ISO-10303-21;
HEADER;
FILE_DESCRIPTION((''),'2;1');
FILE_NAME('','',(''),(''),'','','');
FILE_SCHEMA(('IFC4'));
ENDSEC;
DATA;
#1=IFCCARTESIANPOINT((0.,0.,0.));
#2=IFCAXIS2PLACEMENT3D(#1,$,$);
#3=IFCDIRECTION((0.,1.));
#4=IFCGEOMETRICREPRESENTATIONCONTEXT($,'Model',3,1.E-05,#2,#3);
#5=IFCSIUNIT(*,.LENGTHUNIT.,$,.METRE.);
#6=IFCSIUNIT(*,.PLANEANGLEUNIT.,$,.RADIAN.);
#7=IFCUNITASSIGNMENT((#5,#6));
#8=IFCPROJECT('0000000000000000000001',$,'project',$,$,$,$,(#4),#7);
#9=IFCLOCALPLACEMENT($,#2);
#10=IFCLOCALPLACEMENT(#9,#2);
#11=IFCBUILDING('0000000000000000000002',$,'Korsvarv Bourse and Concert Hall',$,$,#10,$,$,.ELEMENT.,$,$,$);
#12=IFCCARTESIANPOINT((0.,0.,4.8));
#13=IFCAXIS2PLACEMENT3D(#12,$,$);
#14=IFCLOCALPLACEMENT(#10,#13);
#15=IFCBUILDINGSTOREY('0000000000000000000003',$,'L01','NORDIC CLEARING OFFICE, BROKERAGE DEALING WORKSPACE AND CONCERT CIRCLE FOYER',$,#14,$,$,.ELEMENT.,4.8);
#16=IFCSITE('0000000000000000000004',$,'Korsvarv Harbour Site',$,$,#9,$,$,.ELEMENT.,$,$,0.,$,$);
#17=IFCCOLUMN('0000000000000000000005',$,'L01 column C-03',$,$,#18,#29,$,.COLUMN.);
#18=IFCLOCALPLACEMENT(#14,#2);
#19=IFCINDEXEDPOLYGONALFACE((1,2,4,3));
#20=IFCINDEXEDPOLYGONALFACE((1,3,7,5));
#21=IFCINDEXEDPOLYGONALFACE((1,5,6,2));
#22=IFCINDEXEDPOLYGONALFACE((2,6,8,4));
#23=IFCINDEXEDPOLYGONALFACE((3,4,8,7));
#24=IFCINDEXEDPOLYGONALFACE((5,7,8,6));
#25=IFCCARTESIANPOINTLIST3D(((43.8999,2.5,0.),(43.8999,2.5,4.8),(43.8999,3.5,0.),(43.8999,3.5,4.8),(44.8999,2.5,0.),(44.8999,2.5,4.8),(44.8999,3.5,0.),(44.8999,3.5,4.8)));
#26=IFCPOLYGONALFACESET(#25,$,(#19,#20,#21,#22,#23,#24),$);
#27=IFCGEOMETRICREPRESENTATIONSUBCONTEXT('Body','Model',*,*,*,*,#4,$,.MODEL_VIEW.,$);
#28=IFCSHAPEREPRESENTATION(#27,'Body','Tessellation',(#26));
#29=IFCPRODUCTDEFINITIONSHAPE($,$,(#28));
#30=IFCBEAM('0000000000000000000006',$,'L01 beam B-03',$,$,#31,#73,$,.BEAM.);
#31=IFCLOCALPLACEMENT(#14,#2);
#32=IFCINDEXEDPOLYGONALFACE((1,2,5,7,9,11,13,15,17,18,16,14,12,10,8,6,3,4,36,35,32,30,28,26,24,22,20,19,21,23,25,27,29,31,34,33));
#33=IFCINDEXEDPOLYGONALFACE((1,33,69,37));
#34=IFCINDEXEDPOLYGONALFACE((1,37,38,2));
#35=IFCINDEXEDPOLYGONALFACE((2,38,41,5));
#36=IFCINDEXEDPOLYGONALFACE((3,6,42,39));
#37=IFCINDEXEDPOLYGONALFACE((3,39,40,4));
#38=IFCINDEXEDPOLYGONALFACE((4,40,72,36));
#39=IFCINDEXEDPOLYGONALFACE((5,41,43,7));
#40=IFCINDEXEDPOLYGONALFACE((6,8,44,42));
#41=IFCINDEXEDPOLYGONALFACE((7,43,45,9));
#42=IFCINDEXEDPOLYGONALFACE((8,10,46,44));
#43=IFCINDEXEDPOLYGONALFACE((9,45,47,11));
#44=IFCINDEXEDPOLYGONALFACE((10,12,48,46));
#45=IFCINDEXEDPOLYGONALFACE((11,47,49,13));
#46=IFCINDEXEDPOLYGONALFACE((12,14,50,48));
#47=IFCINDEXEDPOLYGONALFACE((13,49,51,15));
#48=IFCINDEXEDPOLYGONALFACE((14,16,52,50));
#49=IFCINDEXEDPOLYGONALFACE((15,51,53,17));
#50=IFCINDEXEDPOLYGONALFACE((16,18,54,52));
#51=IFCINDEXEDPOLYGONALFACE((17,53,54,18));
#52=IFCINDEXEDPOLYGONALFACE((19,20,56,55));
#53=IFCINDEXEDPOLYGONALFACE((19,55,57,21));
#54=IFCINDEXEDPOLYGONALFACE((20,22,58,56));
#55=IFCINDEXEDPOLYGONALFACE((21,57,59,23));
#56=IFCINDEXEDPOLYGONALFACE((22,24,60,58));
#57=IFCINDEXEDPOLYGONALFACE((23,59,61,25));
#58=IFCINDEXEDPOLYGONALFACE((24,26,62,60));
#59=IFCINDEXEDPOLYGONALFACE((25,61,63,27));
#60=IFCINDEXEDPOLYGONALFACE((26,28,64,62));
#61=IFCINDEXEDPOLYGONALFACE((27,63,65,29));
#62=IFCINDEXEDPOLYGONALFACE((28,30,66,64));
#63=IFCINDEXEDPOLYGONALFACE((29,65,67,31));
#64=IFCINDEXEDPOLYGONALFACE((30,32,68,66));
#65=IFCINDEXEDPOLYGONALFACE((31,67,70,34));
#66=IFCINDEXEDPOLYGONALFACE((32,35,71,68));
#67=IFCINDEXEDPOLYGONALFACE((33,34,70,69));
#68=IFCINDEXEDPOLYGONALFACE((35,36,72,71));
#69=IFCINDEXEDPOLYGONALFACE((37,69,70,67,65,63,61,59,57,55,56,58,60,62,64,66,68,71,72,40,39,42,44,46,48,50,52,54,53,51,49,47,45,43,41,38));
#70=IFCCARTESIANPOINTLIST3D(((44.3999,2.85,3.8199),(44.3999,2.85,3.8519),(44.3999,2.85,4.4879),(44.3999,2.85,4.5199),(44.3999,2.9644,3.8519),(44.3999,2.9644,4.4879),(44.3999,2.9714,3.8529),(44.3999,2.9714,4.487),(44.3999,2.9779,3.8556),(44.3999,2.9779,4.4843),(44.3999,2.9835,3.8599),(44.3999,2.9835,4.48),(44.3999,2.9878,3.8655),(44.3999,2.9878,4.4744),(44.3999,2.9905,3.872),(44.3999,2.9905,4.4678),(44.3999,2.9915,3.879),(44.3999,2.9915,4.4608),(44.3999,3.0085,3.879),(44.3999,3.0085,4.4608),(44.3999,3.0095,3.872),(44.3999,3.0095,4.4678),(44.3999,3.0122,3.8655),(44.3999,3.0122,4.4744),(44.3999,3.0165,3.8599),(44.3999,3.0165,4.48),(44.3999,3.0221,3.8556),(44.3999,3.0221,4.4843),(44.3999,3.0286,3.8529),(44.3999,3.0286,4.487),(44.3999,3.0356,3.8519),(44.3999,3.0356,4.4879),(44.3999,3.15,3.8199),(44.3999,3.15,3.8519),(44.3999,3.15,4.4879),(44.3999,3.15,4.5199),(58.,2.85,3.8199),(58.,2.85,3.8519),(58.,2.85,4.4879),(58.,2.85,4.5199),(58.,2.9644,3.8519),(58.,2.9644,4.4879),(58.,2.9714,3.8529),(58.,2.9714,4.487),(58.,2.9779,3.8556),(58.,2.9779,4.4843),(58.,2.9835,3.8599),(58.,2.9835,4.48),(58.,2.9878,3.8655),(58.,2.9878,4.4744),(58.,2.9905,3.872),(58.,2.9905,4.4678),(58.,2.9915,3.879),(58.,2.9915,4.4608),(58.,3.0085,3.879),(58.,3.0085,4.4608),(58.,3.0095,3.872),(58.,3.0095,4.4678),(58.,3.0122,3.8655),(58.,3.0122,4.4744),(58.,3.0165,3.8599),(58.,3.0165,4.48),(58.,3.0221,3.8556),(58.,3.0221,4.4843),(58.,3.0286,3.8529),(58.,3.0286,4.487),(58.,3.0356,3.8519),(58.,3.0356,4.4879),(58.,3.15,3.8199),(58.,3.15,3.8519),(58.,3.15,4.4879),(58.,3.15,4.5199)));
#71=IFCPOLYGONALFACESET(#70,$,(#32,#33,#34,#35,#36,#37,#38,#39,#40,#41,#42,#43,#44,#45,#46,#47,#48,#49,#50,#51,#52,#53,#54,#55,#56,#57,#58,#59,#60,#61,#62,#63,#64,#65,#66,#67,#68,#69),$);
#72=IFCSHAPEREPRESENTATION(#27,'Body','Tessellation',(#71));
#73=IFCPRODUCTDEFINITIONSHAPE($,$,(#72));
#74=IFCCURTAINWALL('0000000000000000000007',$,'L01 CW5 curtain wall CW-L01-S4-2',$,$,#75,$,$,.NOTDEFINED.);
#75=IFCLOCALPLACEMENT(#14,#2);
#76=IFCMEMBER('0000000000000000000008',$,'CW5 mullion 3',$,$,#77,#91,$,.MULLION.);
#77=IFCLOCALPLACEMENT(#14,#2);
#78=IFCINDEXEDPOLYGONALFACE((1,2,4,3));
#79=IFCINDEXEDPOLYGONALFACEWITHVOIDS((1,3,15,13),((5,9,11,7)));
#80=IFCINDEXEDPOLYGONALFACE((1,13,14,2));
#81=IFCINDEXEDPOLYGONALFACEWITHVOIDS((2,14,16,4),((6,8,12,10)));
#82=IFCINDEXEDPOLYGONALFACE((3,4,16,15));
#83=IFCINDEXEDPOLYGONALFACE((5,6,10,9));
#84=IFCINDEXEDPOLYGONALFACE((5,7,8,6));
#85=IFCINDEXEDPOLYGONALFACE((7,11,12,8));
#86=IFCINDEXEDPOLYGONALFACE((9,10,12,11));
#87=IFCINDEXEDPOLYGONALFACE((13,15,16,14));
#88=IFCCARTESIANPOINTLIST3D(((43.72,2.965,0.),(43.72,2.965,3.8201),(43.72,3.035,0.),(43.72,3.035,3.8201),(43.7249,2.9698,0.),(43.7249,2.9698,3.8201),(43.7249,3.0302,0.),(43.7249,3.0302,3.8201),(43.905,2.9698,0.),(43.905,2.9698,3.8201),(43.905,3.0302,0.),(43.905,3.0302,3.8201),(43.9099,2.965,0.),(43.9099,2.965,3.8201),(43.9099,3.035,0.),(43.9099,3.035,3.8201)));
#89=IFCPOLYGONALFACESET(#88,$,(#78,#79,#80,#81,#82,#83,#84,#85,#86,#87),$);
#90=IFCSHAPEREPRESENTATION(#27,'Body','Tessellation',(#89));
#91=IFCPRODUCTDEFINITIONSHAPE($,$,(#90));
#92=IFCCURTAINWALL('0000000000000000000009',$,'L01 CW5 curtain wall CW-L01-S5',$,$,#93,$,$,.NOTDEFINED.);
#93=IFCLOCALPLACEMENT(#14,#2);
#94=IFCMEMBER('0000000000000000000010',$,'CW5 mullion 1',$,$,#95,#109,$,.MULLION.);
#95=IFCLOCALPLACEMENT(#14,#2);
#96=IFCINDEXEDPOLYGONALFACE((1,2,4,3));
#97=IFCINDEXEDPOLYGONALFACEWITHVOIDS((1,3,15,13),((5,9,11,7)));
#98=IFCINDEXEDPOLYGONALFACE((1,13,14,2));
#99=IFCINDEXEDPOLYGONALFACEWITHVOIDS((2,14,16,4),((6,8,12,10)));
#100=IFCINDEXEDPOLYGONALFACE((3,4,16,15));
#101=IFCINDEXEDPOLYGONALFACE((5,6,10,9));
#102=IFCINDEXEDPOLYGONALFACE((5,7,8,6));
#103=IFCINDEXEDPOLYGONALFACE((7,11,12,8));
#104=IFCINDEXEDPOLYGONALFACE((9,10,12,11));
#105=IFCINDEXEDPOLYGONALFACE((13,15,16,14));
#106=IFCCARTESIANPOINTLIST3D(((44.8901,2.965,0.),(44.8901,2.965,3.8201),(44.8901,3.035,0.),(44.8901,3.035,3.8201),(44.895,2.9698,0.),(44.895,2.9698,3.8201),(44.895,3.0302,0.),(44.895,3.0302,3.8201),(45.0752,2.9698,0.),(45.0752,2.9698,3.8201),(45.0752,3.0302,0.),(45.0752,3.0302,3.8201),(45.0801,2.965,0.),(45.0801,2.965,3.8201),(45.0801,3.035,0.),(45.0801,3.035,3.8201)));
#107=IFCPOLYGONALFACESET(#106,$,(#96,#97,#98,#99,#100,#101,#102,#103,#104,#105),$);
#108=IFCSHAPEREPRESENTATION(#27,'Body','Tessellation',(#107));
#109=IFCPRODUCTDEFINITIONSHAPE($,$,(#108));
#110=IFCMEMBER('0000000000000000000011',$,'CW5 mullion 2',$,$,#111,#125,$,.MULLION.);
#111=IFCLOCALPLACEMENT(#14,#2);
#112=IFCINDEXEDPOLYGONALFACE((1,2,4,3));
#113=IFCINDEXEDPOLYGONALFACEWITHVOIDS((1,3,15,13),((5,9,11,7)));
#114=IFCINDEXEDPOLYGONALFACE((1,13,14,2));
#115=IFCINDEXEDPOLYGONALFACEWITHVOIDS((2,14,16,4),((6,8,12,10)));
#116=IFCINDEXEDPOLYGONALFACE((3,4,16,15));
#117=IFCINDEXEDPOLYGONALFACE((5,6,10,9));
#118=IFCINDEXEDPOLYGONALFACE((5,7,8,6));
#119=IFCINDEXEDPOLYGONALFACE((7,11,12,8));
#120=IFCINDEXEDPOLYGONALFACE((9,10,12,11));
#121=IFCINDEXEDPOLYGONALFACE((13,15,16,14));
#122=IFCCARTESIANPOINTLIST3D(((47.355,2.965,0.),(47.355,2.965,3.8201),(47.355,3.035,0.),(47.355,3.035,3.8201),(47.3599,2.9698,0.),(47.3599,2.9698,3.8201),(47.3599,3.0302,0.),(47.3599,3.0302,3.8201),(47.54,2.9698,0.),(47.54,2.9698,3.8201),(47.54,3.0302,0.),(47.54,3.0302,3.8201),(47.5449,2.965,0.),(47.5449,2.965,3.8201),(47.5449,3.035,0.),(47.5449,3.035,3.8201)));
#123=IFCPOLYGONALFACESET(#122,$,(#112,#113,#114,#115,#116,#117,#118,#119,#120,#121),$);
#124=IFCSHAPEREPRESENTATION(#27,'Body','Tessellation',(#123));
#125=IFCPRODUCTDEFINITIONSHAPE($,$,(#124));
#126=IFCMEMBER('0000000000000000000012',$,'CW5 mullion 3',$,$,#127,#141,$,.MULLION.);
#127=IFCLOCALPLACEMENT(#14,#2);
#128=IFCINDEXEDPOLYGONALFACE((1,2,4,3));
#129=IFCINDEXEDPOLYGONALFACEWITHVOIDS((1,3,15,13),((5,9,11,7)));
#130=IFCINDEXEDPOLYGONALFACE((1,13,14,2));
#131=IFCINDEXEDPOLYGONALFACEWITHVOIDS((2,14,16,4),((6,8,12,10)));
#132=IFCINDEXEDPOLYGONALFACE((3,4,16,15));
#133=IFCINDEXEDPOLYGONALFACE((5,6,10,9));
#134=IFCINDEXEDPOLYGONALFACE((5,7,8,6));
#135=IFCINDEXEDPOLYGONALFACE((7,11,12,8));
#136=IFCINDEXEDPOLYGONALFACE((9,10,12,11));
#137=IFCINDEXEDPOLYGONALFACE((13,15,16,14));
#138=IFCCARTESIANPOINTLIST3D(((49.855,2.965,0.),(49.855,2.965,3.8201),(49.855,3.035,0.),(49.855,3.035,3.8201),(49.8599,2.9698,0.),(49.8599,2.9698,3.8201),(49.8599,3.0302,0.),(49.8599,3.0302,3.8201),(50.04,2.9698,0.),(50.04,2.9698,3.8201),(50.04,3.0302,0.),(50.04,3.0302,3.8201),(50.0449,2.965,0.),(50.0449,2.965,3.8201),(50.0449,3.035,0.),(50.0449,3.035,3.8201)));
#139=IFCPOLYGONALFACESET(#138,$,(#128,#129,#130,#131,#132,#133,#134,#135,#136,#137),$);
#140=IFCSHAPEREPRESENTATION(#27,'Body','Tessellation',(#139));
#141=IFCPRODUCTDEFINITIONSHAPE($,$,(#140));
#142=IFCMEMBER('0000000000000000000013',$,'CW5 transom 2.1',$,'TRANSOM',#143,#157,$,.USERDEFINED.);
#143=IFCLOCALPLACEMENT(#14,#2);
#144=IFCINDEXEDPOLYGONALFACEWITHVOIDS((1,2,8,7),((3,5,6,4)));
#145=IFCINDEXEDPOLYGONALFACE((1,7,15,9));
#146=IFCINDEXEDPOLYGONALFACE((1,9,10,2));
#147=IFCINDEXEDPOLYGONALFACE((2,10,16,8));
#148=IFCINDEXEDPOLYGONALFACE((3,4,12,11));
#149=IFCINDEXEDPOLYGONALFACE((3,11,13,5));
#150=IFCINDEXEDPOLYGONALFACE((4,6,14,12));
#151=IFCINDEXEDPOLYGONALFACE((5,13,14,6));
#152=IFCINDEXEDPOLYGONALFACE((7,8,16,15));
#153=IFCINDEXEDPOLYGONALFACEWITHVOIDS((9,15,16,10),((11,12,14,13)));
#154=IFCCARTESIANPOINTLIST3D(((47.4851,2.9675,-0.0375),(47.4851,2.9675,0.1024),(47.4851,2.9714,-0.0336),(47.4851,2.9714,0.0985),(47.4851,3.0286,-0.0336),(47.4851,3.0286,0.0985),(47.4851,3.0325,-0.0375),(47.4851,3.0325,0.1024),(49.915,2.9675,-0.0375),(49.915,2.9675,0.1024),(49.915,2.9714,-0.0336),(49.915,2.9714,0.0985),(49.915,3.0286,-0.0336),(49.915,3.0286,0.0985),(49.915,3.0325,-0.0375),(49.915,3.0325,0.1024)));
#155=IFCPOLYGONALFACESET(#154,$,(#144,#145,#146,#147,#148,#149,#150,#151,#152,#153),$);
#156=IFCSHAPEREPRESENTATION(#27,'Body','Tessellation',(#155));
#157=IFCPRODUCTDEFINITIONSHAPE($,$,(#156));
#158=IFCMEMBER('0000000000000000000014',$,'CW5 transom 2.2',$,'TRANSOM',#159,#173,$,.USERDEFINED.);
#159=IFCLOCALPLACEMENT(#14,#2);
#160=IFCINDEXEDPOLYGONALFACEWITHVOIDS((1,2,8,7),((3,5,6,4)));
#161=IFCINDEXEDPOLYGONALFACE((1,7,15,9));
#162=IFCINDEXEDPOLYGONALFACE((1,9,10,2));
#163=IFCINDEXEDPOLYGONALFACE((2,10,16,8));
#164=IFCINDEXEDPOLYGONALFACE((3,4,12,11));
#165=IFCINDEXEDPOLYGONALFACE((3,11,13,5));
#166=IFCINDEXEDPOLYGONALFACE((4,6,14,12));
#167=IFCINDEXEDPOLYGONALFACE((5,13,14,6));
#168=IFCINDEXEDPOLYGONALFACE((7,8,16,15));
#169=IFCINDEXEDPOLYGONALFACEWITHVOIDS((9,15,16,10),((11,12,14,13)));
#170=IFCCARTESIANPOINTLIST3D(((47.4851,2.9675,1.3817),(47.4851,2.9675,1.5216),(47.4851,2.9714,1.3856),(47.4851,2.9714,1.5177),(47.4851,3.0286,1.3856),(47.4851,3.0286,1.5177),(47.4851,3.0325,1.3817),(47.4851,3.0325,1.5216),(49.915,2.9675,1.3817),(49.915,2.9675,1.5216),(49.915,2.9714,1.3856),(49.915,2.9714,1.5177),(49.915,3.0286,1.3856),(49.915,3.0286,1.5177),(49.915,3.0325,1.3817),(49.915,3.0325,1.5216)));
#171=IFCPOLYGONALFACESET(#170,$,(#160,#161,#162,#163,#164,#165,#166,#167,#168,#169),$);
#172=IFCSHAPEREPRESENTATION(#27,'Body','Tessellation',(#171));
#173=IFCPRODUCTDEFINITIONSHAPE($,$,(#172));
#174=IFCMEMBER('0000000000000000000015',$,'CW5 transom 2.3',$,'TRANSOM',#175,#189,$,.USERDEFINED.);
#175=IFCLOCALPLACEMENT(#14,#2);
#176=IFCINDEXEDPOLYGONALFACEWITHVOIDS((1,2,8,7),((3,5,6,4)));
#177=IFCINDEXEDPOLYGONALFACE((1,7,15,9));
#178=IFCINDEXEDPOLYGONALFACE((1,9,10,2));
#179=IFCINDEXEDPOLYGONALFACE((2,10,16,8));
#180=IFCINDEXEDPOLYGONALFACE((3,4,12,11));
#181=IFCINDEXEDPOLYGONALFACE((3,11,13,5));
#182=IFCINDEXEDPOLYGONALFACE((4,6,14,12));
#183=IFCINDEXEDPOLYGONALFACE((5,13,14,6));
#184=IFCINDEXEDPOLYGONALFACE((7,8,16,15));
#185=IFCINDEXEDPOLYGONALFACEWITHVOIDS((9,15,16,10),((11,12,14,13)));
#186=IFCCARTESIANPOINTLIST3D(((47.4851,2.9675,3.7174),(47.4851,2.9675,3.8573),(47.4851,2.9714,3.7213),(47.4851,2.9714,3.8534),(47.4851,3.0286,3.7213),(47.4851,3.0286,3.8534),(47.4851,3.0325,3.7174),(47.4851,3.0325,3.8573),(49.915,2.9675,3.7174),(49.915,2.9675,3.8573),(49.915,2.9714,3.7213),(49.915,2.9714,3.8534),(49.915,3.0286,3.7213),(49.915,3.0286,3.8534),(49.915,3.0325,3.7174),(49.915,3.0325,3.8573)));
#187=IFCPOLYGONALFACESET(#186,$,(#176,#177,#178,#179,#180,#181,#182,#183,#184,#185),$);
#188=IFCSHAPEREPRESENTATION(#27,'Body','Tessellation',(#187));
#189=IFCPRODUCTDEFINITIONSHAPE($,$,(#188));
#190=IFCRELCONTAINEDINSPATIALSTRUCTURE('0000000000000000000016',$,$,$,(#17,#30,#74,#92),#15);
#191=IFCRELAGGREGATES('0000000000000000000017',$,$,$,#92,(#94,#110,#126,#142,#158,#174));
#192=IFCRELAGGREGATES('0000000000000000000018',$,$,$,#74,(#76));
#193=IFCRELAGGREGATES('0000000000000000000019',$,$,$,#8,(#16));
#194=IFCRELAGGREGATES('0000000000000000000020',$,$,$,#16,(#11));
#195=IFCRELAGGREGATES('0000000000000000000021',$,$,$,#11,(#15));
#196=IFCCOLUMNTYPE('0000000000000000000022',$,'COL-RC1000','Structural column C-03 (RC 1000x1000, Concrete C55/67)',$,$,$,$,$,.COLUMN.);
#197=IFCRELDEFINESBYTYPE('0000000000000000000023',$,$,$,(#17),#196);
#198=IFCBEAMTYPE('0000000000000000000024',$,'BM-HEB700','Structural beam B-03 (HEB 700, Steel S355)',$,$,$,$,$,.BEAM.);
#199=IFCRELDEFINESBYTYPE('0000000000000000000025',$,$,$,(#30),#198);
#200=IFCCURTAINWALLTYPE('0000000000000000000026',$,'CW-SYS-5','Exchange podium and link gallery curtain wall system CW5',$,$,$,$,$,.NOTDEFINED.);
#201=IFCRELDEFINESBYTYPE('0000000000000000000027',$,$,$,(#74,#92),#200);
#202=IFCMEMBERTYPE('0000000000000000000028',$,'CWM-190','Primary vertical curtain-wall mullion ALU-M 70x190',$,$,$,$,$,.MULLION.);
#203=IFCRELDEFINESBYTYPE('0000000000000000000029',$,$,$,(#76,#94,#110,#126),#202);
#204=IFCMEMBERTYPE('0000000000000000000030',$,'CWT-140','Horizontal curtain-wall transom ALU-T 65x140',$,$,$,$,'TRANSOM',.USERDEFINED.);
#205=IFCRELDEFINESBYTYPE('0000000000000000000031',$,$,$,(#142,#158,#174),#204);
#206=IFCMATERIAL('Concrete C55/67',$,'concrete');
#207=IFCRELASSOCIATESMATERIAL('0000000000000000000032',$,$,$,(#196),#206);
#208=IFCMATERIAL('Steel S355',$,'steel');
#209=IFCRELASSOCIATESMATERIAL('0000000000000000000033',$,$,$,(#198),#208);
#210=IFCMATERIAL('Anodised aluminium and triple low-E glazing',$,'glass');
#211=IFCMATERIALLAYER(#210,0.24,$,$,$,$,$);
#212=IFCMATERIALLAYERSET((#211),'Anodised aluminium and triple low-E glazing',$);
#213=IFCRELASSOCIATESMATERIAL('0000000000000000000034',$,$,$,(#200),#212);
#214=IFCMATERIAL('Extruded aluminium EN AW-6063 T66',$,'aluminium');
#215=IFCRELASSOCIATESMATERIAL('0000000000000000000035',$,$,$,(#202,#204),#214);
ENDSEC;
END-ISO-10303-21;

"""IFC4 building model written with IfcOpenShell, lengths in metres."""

from ifc_helpers import new_model, si_unit, direction, frame, origin, origin_2d, place, context, subcontext, project, spatial, rectangle, hollow_rectangle, i_section, extrude, source, transform, mapped, material, layer, layer_set, material_profile, profile_set, type_object, element, aggregate, save


model = new_model("IFC4")

# Units and contexts
model_context = context("Model", 3, precision=1e-05, world=origin(), true_north=direction((0.0, 1.0)))
body_context = subcontext(model_context, "Body", "Model", "MODEL_VIEW")
ifc_project = project(units=[si_unit("LENGTHUNIT", "METRE"), si_unit("PLANEANGLEUNIT", "RADIAN")], contexts=[model_context])

# Site, building, storey
site_placement = place(None, origin())
site = spatial("IfcSite", under=ifc_project, at=site_placement, Name="Korsvarv Harbour Site", CompositionType="ELEMENT", RefElevation=0.0)
building_placement = place(site_placement, origin())
building = spatial("IfcBuilding", under=site, at=building_placement, Name="Korsvarv Bourse and Concert Hall", CompositionType="ELEMENT")
storey_placement = place(building_placement, frame((0.0, 0.0, 4.8)))
storey = spatial("IfcBuildingStorey", under=building, at=storey_placement, Name="L01", Description="NORDIC CLEARING OFFICE, BROKERAGE DEALING WORKSPACE AND CONCERT CIRCLE FOYER", CompositionType="ELEMENT", Elevation=4.8)

# Column
ifc_material_1 = material(Name="Concrete C55/67", Category="concrete")
ifc_material_profile_1 = material_profile(ifc_material_1, rectangle(XDim=1.0, YDim=1.0, at=origin_2d()), Name="RC 1000x1000")
ifc_profile_set_1 = profile_set([ifc_material_profile_1], Name="Concrete C55/67")
column_type = type_object("IfcColumnType", Name="COL-RC1000", Description="Structural column C-03 (RC 1000x1000, Concrete C55/67)", PredefinedType="COLUMN", material=ifc_profile_set_1)
shared_shape_1 = source(origin(), body_context, "Body", "SweptSolid", [
    extrude(rectangle(XDim=1.0, YDim=1.0, at=origin_2d()), origin(), (0.0, 0.0, 1.0), 4.8),
])
column_placement = place(storey_placement, frame((44.3999, 3.0, 0.0), z_axis=(0.0, 0.0, 1.0), x_axis=(1.0, 0.0, 0.0)))
element("IfcColumn", 1, at=column_placement, inside=storey, type_object=column_type, Name="L01 column C-03", PredefinedType="COLUMN", context=body_context, shape_type="MappedRepresentation", body=[
    mapped(shared_shape_1, transform((0.0, 0.0, 0.0), scale=1.0)),
])

# Beam
ifc_material_2 = material(Name="Steel S355", Category="steel")
ifc_material_profile_2 = material_profile(ifc_material_2, i_section(OverallWidth=0.3, OverallDepth=0.7, WebThickness=0.0171, FlangeThickness=0.032, FilletRadius=0.0271, at=origin_2d()), Name="HEB 700")
ifc_profile_set_2 = profile_set([ifc_material_profile_2], Name="Steel S355")
beam_type = type_object("IfcBeamType", Name="BM-HEB700", Description="Structural beam B-03 (HEB 700, Steel S355)", PredefinedType="BEAM", material=ifc_profile_set_2)
shared_shape_2 = source(origin(), body_context, "Body", "SweptSolid", [
    extrude(i_section(OverallWidth=0.3, OverallDepth=0.7, WebThickness=0.0171, FlangeThickness=0.032, FilletRadius=0.0271, at=origin_2d()), origin(), (0.0, 0.0, 1.0), 13.6001),
])
beam_placement = place(storey_placement, frame((44.3999, 3.0, 4.1699), z_axis=(1.0, 0.0, 0.0), x_axis=(0.0, 1.0, 0.0)))
element("IfcBeam", 2, at=beam_placement, inside=storey, type_object=beam_type, Name="L01 beam B-03", PredefinedType="BEAM", context=body_context, shape_type="MappedRepresentation", body=[
    mapped(shared_shape_2, transform((0.0, 0.0, 0.0), scale=1.0)),
])

# Curtain wall, member
ifc_material_3 = material(Name="Anodised aluminium and triple low-E glazing", Category="glass")
ifc_layer_1 = layer(ifc_material_3, 0.24)
ifc_layer_set_1 = layer_set([ifc_layer_1], Name="Anodised aluminium and triple low-E glazing")
curtain_wall_type = type_object("IfcCurtainWallType", Name="CW-SYS-5", Description="Exchange podium and link gallery curtain wall system CW5", PredefinedType="NOTDEFINED", material=ifc_layer_set_1)
curtain_wall_1_placement = place(storey_placement, origin())
curtain_wall_1 = element("IfcCurtainWall", 3, at=curtain_wall_1_placement, inside=storey, type_object=curtain_wall_type, Name="L01 CW5 curtain wall CW-L01-S4-2", PredefinedType="NOTDEFINED")
ifc_material_4 = material(Name="Extruded aluminium EN AW-6063 T66", Category="aluminium")
ifc_material_profile_3 = material_profile(ifc_material_4, hollow_rectangle(XDim=0.0701, YDim=0.1899, WallThickness=0.0049, at=origin_2d()), Name="ALU-M 70x190")
ifc_profile_set_3 = profile_set([ifc_material_profile_3], Name="Extruded aluminium EN AW-6063 T66")
member_type_1 = type_object("IfcMemberType", Name="CWM-190", Description="Primary vertical curtain-wall mullion ALU-M 70x190", PredefinedType="MULLION", material=ifc_profile_set_3)
shared_shape_3 = source(origin(), body_context, "Body", "SweptSolid", [
    extrude(hollow_rectangle(XDim=0.0701, YDim=0.1899, WallThickness=0.0049, at=origin_2d()), origin(), (0.0, 0.0, 1.0), 3.8201),
])
member_1_placement = place(storey_placement, frame((43.8149, 3.0, 0.0), z_axis=(0.0, 0.0, 1.0), x_axis=(0.0, 1.0, 0.0)))
member_1 = element("IfcMember", 4, at=member_1_placement, type_object=member_type_1, Name="CW5 mullion 3", PredefinedType="MULLION", context=body_context, shape_type="MappedRepresentation", body=[
    mapped(shared_shape_3, transform((0.0, 0.0, 0.0), scale=1.0)),
])

# Curtain wall, members
curtain_wall_2_placement = place(storey_placement, origin())
curtain_wall_2 = element("IfcCurtainWall", 5, at=curtain_wall_2_placement, inside=storey, type_object=curtain_wall_type, Name="L01 CW5 curtain wall CW-L01-S5", PredefinedType="NOTDEFINED")
member_2_placement = place(storey_placement, frame((44.9851, 3.0, 0.0), z_axis=(0.0, 0.0, 1.0), x_axis=(0.0, 1.0, 0.0)))
member_2 = element("IfcMember", 6, at=member_2_placement, type_object=member_type_1, Name="CW5 mullion 1", PredefinedType="MULLION", context=body_context, shape_type="MappedRepresentation", body=[
    mapped(shared_shape_3, transform((0.0, 0.0, 0.0), scale=1.0)),
])
member_3_placement = place(storey_placement, frame((47.45, 3.0, 0.0), z_axis=(0.0, 0.0, 1.0), x_axis=(0.0, 1.0, 0.0)))
member_3 = element("IfcMember", 7, at=member_3_placement, type_object=member_type_1, Name="CW5 mullion 2", PredefinedType="MULLION", context=body_context, shape_type="MappedRepresentation", body=[
    mapped(shared_shape_3, transform((0.0, 0.0, 0.0), scale=1.0)),
])
member_4_placement = place(storey_placement, frame((49.95, 3.0, 0.0), z_axis=(0.0, 0.0, 1.0), x_axis=(0.0, 1.0, 0.0)))
member_4 = element("IfcMember", 8, at=member_4_placement, type_object=member_type_1, Name="CW5 mullion 3", PredefinedType="MULLION", context=body_context, shape_type="MappedRepresentation", body=[
    mapped(shared_shape_3, transform((0.0, 0.0, 0.0), scale=1.0)),
])
ifc_material_profile_4 = material_profile(ifc_material_4, hollow_rectangle(XDim=0.0649, YDim=0.1399, WallThickness=0.0039, at=origin_2d()), Name="ALU-T 65x140")
ifc_profile_set_4 = profile_set([ifc_material_profile_4], Name="Extruded aluminium EN AW-6063 T66")
member_type_2 = type_object("IfcMemberType", Name="CWT-140", Description="Horizontal curtain-wall transom ALU-T 65x140", ElementType="TRANSOM", PredefinedType="USERDEFINED", material=ifc_profile_set_4)
shared_shape_4 = source(origin(), body_context, "Body", "SweptSolid", [
    extrude(hollow_rectangle(XDim=0.0649, YDim=0.1399, WallThickness=0.0039, at=origin_2d()), origin(), (0.0, 0.0, 1.0), 2.4299),
])
member_5_placement = place(storey_placement, frame((47.4851, 3.0, 0.0325), z_axis=(1.0, 0.0, 0.0), x_axis=(0.0, 1.0, 0.0)))
member_5 = element("IfcMember", 9, at=member_5_placement, type_object=member_type_2, Name="CW5 transom 2.1", ObjectType="TRANSOM", PredefinedType="USERDEFINED", context=body_context, shape_type="MappedRepresentation", body=[
    mapped(shared_shape_4, transform((0.0, 0.0, 0.0), scale=1.0)),
])
member_6_placement = place(storey_placement, frame((47.4851, 3.0, 1.4517), z_axis=(1.0, 0.0, 0.0), x_axis=(0.0, 1.0, 0.0)))
member_6 = element("IfcMember", 10, at=member_6_placement, type_object=member_type_2, Name="CW5 transom 2.2", ObjectType="TRANSOM", PredefinedType="USERDEFINED", context=body_context, shape_type="MappedRepresentation", body=[
    mapped(shared_shape_4, transform((0.0, 0.0, 0.0), scale=1.0)),
])
member_7_placement = place(storey_placement, frame((47.4851, 3.0, 3.7874), z_axis=(1.0, 0.0, 0.0), x_axis=(0.0, 1.0, 0.0)))
member_7 = element("IfcMember", 11, at=member_7_placement, type_object=member_type_2, Name="CW5 transom 2.3", ObjectType="TRANSOM", PredefinedType="USERDEFINED", context=body_context, shape_type="MappedRepresentation", body=[
    mapped(shared_shape_4, transform((0.0, 0.0, 0.0), scale=1.0)),
])
aggregate(curtain_wall_2, [member_2, member_3, member_4, member_5, member_6, member_7])

aggregate(curtain_wall_1, [member_1])

save(model, "model.ifc")
